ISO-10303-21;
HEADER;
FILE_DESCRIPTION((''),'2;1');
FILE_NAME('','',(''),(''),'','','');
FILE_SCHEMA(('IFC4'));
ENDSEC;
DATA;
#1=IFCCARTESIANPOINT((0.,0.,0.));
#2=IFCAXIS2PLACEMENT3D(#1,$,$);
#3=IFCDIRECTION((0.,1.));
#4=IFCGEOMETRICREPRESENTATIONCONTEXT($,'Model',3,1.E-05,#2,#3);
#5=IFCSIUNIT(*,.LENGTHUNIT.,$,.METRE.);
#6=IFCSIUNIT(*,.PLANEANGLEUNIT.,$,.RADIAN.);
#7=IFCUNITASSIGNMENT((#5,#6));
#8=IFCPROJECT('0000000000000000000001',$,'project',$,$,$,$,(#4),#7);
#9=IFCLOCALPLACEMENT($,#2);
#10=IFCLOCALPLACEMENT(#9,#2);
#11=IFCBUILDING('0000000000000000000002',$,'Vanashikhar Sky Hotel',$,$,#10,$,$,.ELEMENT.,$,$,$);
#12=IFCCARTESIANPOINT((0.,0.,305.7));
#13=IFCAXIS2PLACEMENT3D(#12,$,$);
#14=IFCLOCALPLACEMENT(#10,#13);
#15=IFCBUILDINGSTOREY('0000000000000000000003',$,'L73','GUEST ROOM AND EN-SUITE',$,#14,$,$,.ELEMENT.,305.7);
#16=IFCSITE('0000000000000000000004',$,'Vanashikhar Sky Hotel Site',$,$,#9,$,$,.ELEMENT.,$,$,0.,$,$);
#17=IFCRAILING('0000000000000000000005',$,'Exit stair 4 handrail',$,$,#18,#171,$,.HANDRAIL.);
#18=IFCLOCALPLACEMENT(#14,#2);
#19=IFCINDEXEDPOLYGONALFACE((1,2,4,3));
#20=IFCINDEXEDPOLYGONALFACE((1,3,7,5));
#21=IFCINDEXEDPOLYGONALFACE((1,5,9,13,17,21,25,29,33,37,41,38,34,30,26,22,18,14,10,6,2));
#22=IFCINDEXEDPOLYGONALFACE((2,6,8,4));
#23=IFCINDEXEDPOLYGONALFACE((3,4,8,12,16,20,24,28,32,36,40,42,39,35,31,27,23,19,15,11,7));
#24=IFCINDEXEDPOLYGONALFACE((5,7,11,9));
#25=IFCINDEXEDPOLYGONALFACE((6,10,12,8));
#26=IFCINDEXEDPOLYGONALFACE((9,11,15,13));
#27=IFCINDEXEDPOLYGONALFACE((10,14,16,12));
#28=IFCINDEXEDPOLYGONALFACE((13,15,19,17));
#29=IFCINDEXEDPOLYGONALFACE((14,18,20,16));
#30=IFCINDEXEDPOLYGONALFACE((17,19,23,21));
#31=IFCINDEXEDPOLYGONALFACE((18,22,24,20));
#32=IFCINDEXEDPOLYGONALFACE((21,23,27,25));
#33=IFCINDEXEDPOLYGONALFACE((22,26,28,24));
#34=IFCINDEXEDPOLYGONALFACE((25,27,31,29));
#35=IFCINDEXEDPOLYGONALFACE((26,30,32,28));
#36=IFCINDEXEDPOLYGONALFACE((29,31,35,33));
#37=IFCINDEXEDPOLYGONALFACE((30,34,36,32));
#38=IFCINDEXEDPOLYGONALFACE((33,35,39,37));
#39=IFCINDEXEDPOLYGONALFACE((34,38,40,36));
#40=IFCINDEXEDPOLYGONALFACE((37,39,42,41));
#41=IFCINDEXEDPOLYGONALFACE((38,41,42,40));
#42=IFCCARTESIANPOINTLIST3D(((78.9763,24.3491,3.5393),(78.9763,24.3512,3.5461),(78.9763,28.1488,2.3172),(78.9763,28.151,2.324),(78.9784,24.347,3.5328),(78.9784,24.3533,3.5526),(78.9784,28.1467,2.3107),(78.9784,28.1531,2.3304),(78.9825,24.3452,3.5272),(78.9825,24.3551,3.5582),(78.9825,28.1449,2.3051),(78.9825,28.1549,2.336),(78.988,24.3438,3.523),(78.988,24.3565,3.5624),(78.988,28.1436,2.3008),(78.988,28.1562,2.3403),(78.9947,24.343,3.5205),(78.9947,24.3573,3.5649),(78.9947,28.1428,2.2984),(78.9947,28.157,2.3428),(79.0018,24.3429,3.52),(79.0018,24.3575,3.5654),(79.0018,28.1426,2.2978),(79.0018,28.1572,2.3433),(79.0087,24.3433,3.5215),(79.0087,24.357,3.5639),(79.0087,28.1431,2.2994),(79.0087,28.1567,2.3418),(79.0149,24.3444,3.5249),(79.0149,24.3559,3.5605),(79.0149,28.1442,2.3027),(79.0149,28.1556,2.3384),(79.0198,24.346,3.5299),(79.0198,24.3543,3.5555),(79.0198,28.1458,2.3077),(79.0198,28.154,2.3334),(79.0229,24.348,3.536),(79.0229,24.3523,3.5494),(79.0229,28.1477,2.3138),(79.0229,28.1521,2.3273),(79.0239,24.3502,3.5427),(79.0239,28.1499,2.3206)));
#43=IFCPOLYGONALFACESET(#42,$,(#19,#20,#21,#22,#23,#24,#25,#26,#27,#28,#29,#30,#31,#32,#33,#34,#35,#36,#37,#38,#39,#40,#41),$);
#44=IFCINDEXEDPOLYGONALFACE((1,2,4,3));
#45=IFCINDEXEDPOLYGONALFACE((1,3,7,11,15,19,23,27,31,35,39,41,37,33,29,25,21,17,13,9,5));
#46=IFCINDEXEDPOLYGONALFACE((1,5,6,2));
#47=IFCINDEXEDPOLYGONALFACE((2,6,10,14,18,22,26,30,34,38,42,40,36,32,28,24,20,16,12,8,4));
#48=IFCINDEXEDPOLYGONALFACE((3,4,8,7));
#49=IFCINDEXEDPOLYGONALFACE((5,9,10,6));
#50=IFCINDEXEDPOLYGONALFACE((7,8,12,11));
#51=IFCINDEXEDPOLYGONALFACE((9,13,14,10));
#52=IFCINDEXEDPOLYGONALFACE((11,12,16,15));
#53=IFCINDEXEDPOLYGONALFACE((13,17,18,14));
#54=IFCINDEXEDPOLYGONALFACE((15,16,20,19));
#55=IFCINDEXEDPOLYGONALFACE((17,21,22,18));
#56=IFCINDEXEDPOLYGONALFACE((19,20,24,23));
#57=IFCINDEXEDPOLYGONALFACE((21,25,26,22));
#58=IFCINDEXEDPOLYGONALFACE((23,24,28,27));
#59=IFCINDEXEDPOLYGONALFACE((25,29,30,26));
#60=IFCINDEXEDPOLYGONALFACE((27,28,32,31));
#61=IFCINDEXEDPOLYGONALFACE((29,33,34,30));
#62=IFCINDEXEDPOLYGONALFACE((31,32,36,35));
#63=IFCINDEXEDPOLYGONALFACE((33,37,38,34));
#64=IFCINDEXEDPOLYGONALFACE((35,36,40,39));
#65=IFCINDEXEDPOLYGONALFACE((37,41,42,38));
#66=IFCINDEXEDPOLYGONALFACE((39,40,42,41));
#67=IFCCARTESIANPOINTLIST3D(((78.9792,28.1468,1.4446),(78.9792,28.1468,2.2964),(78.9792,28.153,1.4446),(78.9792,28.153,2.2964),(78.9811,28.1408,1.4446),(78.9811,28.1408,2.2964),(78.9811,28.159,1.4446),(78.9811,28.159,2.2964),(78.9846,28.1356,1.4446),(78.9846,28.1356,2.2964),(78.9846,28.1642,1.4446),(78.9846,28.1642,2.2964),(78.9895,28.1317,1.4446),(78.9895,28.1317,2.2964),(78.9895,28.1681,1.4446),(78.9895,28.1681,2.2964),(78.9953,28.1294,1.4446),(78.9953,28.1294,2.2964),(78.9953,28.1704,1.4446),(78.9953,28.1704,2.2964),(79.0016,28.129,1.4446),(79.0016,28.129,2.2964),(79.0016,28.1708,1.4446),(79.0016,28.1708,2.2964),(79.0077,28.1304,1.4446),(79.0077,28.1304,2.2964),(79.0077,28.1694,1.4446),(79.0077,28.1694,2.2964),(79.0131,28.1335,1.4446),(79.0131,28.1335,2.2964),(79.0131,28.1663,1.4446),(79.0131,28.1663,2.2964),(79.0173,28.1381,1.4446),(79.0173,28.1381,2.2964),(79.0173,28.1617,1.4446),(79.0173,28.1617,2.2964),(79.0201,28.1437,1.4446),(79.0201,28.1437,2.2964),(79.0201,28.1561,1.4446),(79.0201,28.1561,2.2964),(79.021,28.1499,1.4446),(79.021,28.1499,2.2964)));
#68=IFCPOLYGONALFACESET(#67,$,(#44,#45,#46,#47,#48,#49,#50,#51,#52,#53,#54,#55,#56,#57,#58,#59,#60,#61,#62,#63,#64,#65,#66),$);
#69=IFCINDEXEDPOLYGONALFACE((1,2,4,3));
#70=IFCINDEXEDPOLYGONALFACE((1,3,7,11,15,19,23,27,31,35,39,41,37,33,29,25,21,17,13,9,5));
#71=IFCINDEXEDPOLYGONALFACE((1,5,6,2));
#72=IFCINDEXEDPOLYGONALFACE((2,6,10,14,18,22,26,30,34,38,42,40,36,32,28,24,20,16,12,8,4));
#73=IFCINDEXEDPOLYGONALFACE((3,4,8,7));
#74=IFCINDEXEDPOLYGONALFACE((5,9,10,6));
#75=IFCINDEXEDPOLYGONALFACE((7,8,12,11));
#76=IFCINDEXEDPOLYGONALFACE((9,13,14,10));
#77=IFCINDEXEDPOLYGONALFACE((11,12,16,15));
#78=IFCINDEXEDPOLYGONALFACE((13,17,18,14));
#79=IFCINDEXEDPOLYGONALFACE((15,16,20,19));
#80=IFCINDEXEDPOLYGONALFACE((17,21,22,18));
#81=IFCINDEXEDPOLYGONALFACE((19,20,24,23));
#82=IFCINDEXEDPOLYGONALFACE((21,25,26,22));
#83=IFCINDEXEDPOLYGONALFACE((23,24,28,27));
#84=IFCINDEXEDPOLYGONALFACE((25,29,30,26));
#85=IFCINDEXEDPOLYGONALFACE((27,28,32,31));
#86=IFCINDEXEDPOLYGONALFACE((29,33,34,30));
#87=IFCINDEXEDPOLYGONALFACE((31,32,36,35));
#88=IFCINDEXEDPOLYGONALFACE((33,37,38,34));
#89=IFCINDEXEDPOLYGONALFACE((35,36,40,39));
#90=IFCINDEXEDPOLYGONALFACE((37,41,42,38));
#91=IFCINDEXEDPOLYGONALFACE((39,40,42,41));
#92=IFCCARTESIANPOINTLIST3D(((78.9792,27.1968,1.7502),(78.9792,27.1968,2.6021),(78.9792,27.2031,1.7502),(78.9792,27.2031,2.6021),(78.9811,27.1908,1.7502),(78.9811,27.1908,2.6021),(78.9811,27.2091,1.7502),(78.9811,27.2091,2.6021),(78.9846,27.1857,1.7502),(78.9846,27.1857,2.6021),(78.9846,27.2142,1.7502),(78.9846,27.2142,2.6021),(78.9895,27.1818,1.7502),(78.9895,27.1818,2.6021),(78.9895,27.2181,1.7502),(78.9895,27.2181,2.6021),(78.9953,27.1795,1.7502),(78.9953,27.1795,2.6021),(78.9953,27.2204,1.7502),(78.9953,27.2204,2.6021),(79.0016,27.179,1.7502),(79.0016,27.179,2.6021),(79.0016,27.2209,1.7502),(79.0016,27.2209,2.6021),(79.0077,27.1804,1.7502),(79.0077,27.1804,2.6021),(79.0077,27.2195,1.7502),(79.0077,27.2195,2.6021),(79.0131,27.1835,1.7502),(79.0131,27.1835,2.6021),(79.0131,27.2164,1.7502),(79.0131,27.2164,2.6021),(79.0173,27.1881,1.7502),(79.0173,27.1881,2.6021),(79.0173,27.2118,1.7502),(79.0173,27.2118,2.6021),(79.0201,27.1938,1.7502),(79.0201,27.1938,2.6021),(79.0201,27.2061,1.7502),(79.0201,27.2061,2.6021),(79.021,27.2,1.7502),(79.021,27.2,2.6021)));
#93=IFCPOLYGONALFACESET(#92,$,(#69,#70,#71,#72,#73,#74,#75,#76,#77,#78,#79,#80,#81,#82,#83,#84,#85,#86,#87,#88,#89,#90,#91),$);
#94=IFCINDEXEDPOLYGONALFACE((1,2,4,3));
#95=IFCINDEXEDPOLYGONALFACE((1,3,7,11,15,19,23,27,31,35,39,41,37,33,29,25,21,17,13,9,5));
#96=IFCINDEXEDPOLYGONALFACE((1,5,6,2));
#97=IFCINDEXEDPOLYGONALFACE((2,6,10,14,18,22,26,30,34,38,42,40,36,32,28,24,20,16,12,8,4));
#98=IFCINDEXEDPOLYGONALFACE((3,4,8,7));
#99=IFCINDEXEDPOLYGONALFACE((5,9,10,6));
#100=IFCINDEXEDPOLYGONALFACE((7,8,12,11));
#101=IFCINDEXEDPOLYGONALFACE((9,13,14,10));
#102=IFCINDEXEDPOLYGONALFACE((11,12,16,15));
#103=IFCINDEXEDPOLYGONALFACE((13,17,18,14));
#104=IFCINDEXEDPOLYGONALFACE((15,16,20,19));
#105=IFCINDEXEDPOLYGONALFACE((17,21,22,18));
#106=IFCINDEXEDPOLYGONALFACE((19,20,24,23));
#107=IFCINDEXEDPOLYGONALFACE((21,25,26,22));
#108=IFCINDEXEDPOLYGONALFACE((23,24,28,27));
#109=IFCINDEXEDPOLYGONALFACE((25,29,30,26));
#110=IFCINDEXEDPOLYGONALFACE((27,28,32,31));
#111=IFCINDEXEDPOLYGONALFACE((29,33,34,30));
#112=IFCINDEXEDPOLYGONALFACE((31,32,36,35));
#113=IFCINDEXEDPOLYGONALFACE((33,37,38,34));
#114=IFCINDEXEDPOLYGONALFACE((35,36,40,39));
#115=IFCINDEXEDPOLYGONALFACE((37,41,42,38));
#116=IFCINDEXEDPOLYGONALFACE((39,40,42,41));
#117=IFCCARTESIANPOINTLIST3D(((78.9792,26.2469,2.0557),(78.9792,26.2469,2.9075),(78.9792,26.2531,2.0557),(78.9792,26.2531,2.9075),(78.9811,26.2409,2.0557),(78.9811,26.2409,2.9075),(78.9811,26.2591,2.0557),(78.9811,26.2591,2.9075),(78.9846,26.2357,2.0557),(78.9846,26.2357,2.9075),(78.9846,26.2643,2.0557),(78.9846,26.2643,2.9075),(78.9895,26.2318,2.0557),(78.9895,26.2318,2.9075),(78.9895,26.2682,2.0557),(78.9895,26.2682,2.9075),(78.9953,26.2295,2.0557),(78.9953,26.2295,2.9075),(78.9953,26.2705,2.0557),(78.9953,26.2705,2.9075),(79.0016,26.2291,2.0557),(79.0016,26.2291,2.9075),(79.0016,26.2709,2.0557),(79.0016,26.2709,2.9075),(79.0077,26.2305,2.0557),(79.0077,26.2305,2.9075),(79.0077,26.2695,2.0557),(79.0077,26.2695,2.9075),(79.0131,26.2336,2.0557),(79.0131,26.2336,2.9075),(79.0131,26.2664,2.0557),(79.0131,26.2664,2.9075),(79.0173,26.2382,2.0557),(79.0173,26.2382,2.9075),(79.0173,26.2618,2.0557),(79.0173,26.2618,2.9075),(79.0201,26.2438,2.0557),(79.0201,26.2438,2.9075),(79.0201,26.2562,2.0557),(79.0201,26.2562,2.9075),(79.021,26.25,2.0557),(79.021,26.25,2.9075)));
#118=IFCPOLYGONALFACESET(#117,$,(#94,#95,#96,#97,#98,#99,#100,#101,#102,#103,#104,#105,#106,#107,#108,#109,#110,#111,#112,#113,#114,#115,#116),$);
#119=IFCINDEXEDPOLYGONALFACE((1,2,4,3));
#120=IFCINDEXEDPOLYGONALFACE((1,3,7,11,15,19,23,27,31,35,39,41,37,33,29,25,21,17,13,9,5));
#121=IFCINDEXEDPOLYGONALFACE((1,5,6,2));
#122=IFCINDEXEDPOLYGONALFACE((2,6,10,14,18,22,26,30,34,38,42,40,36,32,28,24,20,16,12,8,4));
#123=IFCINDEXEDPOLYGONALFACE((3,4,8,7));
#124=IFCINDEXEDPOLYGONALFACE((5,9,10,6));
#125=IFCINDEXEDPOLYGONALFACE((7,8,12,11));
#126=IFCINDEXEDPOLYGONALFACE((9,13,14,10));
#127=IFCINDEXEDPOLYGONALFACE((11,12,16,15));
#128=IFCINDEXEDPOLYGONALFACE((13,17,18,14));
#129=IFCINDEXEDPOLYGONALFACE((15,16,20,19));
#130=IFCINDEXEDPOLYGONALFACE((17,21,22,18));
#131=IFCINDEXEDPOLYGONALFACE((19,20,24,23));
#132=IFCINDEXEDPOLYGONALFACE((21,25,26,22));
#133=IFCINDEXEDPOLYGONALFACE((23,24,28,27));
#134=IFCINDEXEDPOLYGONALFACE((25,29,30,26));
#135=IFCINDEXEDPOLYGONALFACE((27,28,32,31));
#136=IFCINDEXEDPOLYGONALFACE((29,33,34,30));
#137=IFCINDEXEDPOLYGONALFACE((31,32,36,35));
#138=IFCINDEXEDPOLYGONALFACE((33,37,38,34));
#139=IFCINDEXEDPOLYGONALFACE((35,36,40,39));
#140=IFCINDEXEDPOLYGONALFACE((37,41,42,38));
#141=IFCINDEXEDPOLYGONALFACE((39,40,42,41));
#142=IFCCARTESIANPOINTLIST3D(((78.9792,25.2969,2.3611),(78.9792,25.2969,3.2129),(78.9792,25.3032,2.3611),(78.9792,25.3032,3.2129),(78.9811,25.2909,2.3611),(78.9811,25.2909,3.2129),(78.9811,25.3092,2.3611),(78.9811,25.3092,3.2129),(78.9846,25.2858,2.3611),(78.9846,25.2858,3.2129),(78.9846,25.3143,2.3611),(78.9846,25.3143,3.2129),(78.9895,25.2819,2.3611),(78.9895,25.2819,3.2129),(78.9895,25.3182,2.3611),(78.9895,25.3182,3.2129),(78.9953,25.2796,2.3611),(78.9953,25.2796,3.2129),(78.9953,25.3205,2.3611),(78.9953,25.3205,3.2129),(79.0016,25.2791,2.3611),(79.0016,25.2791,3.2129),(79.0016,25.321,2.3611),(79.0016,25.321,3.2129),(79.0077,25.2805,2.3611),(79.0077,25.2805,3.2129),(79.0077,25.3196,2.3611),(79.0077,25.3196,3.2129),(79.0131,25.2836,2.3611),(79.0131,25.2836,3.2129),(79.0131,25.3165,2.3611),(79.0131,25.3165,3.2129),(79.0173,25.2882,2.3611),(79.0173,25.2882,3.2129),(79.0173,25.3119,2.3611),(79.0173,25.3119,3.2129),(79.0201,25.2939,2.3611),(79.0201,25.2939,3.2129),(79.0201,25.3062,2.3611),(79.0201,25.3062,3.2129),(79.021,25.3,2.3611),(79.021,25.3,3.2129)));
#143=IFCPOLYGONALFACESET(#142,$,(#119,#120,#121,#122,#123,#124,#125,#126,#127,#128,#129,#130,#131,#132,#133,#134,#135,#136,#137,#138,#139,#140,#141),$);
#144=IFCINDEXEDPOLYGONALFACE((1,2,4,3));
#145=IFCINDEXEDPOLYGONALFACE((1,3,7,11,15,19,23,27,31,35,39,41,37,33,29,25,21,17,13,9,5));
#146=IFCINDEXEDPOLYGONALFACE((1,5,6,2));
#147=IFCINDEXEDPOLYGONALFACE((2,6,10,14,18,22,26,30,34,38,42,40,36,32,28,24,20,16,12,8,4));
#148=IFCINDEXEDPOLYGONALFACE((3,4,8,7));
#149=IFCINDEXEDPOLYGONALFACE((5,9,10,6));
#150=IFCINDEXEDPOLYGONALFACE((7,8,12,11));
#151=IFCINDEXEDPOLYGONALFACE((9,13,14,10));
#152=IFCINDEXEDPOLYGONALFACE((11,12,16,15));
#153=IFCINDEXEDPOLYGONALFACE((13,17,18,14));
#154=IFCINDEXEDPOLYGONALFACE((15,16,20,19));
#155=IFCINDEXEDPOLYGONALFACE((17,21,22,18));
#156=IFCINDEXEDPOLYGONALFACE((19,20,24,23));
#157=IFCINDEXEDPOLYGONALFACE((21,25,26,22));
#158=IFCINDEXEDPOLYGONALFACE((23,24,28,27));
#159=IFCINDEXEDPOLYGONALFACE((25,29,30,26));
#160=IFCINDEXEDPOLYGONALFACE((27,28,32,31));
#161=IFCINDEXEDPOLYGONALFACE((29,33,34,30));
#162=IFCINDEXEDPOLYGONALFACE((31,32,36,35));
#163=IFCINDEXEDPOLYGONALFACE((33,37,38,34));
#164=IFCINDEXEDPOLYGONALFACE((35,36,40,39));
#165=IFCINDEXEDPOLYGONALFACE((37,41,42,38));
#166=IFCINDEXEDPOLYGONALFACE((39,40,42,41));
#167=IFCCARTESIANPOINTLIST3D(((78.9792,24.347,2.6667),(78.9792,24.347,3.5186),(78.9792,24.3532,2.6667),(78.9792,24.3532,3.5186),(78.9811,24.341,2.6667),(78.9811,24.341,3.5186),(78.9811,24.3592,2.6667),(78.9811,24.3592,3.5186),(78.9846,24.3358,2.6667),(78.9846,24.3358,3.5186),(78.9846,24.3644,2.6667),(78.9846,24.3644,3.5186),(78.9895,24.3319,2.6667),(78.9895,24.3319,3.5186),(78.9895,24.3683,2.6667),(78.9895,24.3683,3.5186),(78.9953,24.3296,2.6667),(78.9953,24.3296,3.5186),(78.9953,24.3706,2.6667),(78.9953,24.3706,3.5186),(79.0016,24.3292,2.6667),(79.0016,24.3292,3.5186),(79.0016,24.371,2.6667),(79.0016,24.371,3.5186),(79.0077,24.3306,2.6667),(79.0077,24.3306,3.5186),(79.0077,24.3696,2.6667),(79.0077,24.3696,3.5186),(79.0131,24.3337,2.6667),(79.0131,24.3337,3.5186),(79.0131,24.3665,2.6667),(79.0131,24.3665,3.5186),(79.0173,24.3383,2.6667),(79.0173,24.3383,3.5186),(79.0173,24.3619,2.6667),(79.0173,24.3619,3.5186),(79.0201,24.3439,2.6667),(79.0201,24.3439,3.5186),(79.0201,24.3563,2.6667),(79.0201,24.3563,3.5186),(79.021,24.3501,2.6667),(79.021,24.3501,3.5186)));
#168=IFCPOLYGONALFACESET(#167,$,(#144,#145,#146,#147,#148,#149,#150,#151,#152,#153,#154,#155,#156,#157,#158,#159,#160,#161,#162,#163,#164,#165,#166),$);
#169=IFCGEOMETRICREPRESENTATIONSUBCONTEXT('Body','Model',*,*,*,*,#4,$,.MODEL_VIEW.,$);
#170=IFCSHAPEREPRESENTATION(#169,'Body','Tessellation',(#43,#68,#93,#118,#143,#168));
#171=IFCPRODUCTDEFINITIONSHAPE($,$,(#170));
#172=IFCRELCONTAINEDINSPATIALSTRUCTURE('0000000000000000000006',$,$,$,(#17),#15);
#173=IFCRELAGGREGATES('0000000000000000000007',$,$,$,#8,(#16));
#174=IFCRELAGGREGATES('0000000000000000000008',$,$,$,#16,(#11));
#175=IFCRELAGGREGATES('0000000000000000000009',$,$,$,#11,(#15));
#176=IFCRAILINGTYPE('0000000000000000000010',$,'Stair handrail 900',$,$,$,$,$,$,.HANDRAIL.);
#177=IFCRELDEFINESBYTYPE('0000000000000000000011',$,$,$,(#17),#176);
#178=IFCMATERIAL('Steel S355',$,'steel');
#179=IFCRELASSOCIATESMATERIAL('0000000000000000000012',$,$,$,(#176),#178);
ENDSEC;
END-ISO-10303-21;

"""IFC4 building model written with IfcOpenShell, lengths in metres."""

from ifc_helpers import new_model, si_unit, direction, frame, origin, origin_2d, place, context, subcontext, project, spatial, circle, extrude, source, transform, mapped, material, type_object, element, save


model = new_model("IFC4")

# Units and contexts
model_context = context("Model", 3, precision=1e-05, world=origin(), true_north=direction((0.0, 1.0)))
body_context = subcontext(model_context, "Body", "Model", "MODEL_VIEW")
ifc_project = project(units=[si_unit("LENGTHUNIT", "METRE"), si_unit("PLANEANGLEUNIT", "RADIAN")], contexts=[model_context])

# Site, building, storey
site_placement = place(None, origin())
site = spatial("IfcSite", under=ifc_project, at=site_placement, Name="Vanashikhar Sky Hotel Site", CompositionType="ELEMENT", RefElevation=0.0)
building_placement = place(site_placement, origin())
building = spatial("IfcBuilding", under=site, at=building_placement, Name="Vanashikhar Sky Hotel", CompositionType="ELEMENT")
storey_placement = place(building_placement, frame((0.0, 0.0, 305.7)))
storey = spatial("IfcBuildingStorey", under=building, at=storey_placement, Name="L73", Description="GUEST ROOM AND EN-SUITE", CompositionType="ELEMENT", Elevation=305.7)

# Railing
ifc_material_1 = material(Name="Steel S355", Category="steel")
railing_type_1 = type_object("IfcRailingType", Name="Stair handrail 900", PredefinedType="HANDRAIL", material=ifc_material_1)
shared_shape_1 = source(origin(), body_context, "Body", "SweptSolid", [
    extrude(circle(Radius=0.0239, at=origin_2d()), frame((0.0, 0.0, 0.876), z_axis=(0.0, -0.95197, 0.306191), x_axis=(1.0, 0.0, 0.0)), (0.0, 0.0, 1.0), 3.9915),
    extrude(circle(Radius=0.021, at=origin_2d()), origin(), (0.0, 0.0, 1.0), 0.8518),
    extrude(circle(Radius=0.021, at=origin_2d()), frame((0.0, -0.95, 0.3057)), (0.0, 0.0, 1.0), 0.8518),
    extrude(circle(Radius=0.021, at=origin_2d()), frame((0.0, -1.8999, 0.6111)), (0.0, 0.0, 1.0), 0.8518),
    extrude(circle(Radius=0.021, at=origin_2d()), frame((0.0, -2.8499, 0.9165)), (0.0, 0.0, 1.0), 0.8518),
    extrude(circle(Radius=0.021, at=origin_2d()), frame((0.0, -3.7998, 1.2222)), (0.0, 0.0, 1.0), 0.8518),
])
railing_1_placement = place(storey_placement, frame((79.0, 28.1499, 1.4446)))
element("IfcRailing", 1, at=railing_1_placement, inside=storey, type_object=railing_type_1, Name="Exit stair 4 handrail", PredefinedType="HANDRAIL", context=body_context, shape_type="MappedRepresentation", body=[
    mapped(shared_shape_1, transform((0.0, 0.0, 0.0), scale=1.0)),
])

save(model, "model.ifc")
